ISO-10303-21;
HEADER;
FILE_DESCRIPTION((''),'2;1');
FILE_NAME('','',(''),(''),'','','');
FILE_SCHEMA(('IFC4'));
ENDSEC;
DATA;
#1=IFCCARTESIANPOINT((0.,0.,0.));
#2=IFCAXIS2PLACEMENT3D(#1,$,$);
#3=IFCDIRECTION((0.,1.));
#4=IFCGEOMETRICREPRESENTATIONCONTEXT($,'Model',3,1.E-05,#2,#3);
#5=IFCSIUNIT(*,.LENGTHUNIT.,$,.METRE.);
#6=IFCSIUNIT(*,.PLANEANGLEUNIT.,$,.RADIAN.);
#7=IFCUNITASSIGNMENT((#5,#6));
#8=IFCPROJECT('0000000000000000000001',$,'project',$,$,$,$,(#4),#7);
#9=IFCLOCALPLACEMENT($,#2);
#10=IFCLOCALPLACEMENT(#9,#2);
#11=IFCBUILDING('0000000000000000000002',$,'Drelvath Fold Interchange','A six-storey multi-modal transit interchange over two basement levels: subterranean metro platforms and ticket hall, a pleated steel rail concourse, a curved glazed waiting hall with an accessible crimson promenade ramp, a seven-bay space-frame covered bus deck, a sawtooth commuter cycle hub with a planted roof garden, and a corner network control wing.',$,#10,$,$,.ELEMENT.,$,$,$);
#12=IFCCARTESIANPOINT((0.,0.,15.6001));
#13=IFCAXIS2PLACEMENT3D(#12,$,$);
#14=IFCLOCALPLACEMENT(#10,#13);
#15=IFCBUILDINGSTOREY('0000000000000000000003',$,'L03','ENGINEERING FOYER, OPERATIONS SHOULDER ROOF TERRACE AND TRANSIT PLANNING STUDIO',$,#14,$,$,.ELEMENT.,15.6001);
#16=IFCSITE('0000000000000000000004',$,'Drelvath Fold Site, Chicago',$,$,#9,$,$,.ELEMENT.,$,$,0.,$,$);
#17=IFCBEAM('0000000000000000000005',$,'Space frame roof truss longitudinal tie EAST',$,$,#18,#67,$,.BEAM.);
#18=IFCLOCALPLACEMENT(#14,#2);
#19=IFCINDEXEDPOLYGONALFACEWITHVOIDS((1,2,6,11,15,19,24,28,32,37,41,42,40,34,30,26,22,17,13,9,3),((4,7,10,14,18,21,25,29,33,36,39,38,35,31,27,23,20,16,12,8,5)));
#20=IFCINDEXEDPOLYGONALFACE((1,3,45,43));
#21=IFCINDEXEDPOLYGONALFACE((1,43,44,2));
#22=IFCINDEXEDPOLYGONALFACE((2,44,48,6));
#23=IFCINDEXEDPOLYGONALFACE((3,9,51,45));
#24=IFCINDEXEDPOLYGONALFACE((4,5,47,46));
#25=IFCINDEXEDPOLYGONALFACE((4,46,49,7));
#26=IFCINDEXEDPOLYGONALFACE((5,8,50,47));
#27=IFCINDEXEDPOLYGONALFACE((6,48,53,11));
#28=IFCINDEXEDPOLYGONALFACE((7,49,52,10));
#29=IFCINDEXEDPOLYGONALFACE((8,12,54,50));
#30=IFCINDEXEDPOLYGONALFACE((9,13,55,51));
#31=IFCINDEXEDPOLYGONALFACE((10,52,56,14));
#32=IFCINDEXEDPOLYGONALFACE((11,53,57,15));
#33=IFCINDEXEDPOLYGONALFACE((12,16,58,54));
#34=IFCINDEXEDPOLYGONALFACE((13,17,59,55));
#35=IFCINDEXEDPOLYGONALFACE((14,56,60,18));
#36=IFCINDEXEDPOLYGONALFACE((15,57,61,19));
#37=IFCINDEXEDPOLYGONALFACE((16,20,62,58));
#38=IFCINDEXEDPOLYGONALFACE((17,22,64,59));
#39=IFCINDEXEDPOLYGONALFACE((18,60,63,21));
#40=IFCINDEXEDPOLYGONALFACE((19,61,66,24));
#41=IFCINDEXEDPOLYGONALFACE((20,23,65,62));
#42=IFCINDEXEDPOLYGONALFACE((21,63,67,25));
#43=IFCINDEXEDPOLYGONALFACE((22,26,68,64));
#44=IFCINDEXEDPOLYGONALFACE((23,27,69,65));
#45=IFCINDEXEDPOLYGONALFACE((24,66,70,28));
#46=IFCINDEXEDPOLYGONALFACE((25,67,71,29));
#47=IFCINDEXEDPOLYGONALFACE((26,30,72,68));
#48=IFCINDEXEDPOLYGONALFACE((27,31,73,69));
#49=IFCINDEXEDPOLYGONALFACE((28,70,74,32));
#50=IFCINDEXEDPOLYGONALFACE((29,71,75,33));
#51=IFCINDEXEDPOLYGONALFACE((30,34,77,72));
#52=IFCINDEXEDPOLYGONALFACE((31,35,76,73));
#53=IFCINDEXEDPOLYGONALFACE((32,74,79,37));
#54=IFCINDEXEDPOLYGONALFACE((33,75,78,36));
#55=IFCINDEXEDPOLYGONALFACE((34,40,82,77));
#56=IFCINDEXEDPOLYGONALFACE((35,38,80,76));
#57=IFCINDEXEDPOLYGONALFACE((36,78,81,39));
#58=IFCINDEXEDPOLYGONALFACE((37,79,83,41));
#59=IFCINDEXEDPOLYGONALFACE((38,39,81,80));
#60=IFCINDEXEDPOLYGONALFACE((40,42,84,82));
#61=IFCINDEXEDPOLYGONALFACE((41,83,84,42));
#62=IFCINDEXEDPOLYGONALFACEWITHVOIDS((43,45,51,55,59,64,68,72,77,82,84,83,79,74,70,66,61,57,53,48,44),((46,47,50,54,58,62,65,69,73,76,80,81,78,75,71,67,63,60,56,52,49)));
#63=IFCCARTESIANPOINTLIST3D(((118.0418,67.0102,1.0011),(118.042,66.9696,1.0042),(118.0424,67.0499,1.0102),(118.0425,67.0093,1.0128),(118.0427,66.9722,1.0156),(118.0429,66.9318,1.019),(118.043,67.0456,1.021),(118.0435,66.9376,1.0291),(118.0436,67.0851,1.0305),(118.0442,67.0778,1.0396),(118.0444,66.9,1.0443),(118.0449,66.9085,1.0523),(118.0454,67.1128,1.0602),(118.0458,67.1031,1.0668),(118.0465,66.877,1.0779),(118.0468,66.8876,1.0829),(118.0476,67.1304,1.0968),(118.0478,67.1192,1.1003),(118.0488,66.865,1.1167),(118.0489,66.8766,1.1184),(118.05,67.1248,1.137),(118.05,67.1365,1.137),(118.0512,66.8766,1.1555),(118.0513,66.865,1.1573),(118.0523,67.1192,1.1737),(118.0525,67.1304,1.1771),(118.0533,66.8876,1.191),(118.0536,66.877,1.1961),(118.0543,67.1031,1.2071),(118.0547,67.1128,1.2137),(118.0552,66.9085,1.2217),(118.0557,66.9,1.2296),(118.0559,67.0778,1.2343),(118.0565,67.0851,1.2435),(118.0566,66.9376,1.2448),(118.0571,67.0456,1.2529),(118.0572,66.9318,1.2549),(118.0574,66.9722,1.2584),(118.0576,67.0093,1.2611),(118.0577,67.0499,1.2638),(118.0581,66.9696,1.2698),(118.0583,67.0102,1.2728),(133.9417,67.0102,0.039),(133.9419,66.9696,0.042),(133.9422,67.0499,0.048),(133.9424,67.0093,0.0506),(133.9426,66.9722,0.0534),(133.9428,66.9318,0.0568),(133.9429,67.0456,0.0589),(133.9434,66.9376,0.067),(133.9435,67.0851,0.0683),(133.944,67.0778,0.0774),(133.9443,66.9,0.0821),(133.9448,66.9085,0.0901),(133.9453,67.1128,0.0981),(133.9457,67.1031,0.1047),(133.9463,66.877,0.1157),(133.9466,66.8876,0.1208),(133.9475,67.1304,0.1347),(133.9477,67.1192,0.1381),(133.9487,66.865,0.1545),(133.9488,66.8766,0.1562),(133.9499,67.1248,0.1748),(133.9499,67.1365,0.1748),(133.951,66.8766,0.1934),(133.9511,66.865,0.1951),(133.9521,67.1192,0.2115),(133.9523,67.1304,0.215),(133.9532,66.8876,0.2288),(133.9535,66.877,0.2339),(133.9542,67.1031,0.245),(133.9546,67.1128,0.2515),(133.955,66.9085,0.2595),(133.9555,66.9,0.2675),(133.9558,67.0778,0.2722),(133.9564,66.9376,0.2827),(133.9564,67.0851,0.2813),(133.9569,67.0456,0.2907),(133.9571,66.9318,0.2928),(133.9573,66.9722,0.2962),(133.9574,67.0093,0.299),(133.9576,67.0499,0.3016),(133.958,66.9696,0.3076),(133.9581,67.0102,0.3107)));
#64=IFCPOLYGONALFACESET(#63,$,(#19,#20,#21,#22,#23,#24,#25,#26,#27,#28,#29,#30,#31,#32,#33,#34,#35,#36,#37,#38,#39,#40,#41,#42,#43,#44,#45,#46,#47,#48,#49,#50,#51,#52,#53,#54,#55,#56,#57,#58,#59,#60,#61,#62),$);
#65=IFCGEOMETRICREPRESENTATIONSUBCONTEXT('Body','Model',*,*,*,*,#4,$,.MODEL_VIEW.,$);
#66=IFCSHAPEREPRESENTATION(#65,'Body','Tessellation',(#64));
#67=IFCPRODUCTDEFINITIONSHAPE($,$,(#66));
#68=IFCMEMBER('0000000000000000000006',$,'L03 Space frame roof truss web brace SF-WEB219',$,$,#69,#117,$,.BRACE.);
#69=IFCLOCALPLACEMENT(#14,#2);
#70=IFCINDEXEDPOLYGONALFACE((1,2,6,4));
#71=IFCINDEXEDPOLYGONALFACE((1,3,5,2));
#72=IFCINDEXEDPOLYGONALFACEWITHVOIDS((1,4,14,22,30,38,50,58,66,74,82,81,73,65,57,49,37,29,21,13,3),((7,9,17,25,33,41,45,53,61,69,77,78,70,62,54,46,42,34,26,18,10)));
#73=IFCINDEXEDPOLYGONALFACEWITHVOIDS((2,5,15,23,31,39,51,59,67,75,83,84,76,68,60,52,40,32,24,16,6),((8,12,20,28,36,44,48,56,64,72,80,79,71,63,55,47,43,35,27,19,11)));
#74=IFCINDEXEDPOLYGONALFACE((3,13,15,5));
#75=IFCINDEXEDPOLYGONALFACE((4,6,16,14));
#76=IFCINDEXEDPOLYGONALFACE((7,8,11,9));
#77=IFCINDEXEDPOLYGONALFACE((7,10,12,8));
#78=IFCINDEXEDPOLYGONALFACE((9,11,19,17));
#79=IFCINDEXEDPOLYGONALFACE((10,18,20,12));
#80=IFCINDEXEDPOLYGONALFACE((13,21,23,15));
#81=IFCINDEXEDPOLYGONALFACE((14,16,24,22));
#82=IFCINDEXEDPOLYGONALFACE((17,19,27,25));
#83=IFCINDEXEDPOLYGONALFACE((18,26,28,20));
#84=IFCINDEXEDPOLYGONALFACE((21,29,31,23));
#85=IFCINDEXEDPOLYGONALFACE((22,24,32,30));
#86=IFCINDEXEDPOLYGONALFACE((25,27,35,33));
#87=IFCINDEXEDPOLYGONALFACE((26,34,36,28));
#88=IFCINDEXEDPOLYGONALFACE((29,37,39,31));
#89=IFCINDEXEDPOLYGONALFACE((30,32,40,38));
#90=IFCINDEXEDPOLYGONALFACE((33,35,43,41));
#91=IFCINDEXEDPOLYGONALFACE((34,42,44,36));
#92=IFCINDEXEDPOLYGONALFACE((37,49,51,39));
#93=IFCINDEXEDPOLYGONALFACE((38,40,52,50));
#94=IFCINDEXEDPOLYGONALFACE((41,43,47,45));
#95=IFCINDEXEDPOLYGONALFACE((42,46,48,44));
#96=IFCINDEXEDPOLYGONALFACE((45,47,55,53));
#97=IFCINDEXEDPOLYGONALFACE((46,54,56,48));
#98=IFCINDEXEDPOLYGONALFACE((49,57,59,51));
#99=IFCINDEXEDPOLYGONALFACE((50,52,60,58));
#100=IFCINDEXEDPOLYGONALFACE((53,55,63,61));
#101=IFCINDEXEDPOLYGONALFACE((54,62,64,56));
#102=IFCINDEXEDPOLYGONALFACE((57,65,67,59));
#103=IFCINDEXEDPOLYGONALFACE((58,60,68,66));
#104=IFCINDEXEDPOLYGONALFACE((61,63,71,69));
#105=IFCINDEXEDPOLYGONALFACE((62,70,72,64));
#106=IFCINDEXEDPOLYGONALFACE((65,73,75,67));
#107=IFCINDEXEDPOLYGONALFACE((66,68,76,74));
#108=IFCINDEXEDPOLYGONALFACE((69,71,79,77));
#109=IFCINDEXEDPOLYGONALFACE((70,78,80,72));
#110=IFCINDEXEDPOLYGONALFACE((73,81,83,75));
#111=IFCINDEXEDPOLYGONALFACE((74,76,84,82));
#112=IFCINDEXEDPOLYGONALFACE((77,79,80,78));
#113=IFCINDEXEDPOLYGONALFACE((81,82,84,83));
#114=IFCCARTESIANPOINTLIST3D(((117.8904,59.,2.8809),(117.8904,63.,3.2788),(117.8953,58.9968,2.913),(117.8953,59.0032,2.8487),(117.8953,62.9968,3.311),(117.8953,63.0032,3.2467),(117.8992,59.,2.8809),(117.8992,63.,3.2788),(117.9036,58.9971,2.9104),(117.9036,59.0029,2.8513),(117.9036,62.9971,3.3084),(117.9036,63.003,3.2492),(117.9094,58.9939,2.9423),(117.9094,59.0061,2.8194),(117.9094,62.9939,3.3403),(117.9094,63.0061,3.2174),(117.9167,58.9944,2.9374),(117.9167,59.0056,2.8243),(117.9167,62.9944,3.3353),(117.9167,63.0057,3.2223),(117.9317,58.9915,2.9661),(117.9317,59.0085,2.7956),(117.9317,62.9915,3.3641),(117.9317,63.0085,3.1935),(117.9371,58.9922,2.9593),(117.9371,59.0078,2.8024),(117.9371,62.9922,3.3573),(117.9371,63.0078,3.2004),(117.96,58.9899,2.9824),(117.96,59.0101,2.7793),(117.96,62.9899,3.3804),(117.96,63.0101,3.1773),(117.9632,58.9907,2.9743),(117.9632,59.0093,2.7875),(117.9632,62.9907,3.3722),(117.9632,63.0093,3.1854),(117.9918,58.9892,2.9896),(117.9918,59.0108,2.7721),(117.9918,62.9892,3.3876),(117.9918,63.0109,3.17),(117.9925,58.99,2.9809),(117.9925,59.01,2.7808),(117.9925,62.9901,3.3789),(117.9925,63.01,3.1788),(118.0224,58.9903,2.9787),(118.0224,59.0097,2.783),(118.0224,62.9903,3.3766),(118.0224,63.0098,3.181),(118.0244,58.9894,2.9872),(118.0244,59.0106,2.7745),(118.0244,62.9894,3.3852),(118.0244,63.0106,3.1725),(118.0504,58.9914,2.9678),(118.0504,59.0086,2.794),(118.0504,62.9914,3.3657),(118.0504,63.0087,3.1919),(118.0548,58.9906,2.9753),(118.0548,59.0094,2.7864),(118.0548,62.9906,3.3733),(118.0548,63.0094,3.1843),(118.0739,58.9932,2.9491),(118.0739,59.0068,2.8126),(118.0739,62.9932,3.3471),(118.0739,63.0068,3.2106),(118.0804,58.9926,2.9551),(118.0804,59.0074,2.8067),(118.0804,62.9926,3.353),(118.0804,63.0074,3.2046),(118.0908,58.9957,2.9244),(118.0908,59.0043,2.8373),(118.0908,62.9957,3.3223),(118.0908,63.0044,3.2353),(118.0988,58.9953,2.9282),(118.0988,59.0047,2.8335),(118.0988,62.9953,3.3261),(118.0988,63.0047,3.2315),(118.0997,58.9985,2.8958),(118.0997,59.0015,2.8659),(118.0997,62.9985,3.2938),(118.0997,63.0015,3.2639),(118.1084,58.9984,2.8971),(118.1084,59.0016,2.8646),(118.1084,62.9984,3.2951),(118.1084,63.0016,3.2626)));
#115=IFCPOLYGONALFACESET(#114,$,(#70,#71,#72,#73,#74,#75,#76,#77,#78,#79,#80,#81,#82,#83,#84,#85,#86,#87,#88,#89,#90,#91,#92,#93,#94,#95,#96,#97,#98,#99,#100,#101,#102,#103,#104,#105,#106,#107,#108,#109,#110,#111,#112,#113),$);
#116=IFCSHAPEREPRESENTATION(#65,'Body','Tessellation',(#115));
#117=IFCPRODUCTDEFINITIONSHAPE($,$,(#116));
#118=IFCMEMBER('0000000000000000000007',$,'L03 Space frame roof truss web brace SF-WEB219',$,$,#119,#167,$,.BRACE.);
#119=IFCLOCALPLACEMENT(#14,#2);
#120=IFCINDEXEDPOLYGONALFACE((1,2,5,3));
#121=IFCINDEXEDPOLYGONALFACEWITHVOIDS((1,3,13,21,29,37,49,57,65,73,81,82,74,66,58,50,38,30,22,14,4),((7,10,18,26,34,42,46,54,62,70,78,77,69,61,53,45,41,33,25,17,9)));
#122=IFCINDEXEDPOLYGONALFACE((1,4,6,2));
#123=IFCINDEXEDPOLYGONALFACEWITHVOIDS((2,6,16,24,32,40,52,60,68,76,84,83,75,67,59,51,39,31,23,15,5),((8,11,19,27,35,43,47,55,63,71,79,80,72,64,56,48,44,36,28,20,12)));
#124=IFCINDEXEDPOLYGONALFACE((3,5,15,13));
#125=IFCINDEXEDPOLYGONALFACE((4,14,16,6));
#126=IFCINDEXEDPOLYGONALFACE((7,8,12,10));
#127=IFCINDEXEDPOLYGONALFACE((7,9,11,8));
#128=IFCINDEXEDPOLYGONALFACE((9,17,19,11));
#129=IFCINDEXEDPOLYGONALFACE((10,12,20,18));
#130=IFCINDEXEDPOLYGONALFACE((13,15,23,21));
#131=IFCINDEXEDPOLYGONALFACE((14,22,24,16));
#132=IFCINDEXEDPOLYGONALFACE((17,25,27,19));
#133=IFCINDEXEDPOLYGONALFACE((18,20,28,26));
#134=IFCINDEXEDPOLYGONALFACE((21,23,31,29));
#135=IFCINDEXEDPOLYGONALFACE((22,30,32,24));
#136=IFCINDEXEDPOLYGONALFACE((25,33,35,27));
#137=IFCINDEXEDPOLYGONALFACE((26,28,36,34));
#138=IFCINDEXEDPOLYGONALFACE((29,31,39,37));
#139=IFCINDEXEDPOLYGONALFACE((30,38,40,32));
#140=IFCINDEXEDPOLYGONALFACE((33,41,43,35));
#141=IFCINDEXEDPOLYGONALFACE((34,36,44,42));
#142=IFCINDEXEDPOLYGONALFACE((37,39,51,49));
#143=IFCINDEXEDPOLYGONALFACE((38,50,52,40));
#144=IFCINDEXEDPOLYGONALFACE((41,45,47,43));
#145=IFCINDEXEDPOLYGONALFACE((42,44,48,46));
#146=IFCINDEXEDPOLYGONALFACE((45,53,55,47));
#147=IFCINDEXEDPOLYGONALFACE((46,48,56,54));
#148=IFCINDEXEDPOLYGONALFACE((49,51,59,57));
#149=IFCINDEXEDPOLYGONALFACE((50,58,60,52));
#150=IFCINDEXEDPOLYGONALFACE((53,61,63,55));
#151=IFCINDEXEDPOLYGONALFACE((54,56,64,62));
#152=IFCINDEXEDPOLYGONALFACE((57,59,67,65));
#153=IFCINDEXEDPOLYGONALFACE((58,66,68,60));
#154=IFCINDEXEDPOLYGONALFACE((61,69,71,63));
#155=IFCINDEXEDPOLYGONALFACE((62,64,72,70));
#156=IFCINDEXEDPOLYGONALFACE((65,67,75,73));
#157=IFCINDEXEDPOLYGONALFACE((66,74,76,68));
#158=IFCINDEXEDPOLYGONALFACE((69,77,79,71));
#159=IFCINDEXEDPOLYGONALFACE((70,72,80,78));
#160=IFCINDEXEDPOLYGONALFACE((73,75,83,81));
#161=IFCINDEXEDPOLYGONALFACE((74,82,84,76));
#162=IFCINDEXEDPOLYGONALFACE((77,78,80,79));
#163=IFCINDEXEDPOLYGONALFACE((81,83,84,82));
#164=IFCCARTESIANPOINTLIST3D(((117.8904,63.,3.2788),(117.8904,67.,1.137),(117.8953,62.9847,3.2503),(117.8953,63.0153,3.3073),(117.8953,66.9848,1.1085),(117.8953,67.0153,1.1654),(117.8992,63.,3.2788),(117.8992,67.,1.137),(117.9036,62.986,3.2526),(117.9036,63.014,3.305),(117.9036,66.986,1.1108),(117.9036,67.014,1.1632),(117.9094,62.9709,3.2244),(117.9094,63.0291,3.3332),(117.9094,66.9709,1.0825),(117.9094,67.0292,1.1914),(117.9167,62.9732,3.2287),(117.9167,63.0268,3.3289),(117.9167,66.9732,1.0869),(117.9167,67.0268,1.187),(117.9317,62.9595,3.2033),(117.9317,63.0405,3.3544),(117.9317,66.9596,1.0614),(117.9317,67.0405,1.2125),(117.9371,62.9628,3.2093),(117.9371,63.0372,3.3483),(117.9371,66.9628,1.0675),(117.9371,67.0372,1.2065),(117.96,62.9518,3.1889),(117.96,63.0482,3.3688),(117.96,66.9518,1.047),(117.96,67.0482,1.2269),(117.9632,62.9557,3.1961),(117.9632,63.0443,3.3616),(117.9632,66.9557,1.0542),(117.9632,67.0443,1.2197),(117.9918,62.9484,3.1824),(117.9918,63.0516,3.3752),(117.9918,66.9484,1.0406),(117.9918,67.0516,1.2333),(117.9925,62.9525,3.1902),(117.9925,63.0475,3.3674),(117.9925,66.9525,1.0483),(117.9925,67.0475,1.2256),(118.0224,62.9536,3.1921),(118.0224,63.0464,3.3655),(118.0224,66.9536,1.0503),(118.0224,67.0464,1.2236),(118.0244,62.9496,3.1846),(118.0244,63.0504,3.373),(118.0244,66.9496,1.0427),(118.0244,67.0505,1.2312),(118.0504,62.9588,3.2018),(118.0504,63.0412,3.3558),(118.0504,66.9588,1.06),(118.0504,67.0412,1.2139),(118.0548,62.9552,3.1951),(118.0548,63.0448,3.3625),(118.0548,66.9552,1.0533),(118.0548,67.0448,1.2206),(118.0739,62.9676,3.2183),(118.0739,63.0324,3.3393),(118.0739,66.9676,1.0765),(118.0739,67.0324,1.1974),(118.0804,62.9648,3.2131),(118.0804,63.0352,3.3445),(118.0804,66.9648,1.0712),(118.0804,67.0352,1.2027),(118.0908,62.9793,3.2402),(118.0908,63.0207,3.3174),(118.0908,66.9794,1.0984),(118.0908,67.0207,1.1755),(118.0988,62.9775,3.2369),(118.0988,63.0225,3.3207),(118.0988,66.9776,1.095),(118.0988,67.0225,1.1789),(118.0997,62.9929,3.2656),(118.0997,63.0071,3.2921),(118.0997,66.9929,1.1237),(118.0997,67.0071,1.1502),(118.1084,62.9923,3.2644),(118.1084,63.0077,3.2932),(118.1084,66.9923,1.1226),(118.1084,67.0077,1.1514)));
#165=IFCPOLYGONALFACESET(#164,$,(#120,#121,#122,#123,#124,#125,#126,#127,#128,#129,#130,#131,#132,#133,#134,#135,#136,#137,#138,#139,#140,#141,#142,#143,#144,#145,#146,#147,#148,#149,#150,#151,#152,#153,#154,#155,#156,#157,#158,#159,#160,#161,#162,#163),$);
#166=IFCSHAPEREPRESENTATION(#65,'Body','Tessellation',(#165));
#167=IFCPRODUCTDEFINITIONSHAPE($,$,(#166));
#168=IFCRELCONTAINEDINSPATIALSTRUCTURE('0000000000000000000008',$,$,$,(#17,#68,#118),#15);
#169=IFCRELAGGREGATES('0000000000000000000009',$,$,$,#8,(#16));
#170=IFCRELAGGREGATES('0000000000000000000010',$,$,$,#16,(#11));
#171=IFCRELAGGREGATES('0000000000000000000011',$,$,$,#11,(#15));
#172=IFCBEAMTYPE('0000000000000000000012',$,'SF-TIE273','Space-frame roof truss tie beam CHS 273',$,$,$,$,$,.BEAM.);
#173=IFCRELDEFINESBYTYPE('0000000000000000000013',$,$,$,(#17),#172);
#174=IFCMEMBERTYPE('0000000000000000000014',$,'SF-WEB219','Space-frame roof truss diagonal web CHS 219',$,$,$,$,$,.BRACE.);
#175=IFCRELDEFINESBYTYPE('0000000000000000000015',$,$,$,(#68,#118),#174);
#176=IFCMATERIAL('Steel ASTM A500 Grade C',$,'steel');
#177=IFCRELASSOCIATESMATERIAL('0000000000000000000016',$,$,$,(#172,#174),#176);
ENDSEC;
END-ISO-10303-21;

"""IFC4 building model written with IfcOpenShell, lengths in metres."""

from ifc_helpers import new_model, si_unit, direction, frame, origin, origin_2d, place, context, subcontext, project, spatial, hollow_circle, extrude, material, material_profile, profile_set, type_object, element, save


model = new_model("IFC4")

# Units and contexts
model_context = context("Model", 3, precision=1e-05, world=origin(), true_north=direction((0.0, 1.0)))
body_context = subcontext(model_context, "Body", "Model", "MODEL_VIEW")
ifc_project = project(units=[si_unit("LENGTHUNIT", "METRE"), si_unit("PLANEANGLEUNIT", "RADIAN")], contexts=[model_context])

# Site, building, storey
site_placement = place(None, origin())
site = spatial("IfcSite", under=ifc_project, at=site_placement, Name="Drelvath Fold Site, Chicago", CompositionType="ELEMENT", RefElevation=0.0)
building_placement = place(site_placement, origin())
building = spatial("IfcBuilding", under=site, at=building_placement, Name="Drelvath Fold Interchange", Description="A six-storey multi-modal transit interchange over two basement levels: subterranean metro platforms and ticket hall, a pleated steel rail concourse, a curved glazed waiting hall with an accessible crimson promenade ramp, a seven-bay space-frame covered bus deck, a sawtooth commuter cycle hub with a planted roof garden, and a corner network control wing.", CompositionType="ELEMENT")
storey_placement = place(building_placement, frame((0.0, 0.0, 15.6001)))
storey = spatial("IfcBuildingStorey", under=building, at=storey_placement, Name="L03", Description="ENGINEERING FOYER, OPERATIONS SHOULDER ROOF TERRACE AND TRANSIT PLANNING STUDIO", CompositionType="ELEMENT", Elevation=15.6001)

# Shared definitions
ifc_material_1 = material(Name="Steel ASTM A500 Grade C", Category="steel")

# Beam
ifc_material_profile_1 = material_profile(ifc_material_1, hollow_circle(Radius=0.1365, WallThickness=0.0117, at=origin_2d()), Name="HSS10.750X0.500")
ifc_profile_set_1 = profile_set([ifc_material_profile_1], Name="Steel ASTM A500 Grade C")
beam_type_1 = type_object("IfcBeamType", Name="SF-TIE273", Description="Space-frame roof truss tie beam CHS 273", PredefinedType="BEAM", material=ifc_profile_set_1)
for number, where, z_axis, x_axis, name in (
    (1, (118.05, 67.0, 1.137), (0.998174, 0.0, -0.060403), (0.0, 1.0, 0.0), "Space frame roof truss longitudinal tie EAST"),
):
    element("IfcBeam", number, at=place(storey_placement, frame(where, z_axis=z_axis, x_axis=x_axis)), inside=storey, type_object=beam_type_1, Name=name, PredefinedType="BEAM", context=body_context, shape_type="SweptSolid", body=[
        extrude(hollow_circle(Radius=0.1365, WallThickness=0.0117, at=origin_2d()), origin(), (0.0, 0.0, 1.0), 15.929),
    ])

# Members
ifc_material_profile_2 = material_profile(ifc_material_1, hollow_circle(Radius=0.1096, WallThickness=0.0088, at=origin_2d()), Name="HSS8.625X0.375")
ifc_profile_set_2 = profile_set([ifc_material_profile_2], Name="Steel ASTM A500 Grade C")
member_type_1 = type_object("IfcMemberType", Name="SF-WEB219", Description="Space-frame roof truss diagonal web CHS 219", PredefinedType="BRACE", material=ifc_profile_set_2)
member_1_placement = place(storey_placement, frame((118.0, 59.0, 2.8809), z_axis=(0.0, 0.995088, 0.098999), x_axis=(-1.0, 0.0, 0.0)))
element("IfcMember", 2, at=member_1_placement, inside=storey, type_object=member_type_1, Name="L03 Space frame roof truss web brace SF-WEB219", PredefinedType="BRACE", context=body_context, shape_type="SweptSolid", body=[
    extrude(hollow_circle(Radius=0.1096, WallThickness=0.0088, at=origin_2d()), origin(), (0.0, 0.0, 1.0), 4.0198),
])
member_2_placement = place(storey_placement, frame((118.0, 63.0, 3.2788), z_axis=(0.0, 0.881573, -0.472048), x_axis=(-1.0, 0.0, 0.0)))
element("IfcMember", 3, at=member_2_placement, inside=storey, type_object=member_type_1, Name="L03 Space frame roof truss web brace SF-WEB219", PredefinedType="BRACE", context=body_context, shape_type="SweptSolid", body=[
    extrude(hollow_circle(Radius=0.1096, WallThickness=0.0088, at=origin_2d()), origin(), (0.0, 0.0, 1.0), 4.5374),
])

save(model, "model.ifc")
